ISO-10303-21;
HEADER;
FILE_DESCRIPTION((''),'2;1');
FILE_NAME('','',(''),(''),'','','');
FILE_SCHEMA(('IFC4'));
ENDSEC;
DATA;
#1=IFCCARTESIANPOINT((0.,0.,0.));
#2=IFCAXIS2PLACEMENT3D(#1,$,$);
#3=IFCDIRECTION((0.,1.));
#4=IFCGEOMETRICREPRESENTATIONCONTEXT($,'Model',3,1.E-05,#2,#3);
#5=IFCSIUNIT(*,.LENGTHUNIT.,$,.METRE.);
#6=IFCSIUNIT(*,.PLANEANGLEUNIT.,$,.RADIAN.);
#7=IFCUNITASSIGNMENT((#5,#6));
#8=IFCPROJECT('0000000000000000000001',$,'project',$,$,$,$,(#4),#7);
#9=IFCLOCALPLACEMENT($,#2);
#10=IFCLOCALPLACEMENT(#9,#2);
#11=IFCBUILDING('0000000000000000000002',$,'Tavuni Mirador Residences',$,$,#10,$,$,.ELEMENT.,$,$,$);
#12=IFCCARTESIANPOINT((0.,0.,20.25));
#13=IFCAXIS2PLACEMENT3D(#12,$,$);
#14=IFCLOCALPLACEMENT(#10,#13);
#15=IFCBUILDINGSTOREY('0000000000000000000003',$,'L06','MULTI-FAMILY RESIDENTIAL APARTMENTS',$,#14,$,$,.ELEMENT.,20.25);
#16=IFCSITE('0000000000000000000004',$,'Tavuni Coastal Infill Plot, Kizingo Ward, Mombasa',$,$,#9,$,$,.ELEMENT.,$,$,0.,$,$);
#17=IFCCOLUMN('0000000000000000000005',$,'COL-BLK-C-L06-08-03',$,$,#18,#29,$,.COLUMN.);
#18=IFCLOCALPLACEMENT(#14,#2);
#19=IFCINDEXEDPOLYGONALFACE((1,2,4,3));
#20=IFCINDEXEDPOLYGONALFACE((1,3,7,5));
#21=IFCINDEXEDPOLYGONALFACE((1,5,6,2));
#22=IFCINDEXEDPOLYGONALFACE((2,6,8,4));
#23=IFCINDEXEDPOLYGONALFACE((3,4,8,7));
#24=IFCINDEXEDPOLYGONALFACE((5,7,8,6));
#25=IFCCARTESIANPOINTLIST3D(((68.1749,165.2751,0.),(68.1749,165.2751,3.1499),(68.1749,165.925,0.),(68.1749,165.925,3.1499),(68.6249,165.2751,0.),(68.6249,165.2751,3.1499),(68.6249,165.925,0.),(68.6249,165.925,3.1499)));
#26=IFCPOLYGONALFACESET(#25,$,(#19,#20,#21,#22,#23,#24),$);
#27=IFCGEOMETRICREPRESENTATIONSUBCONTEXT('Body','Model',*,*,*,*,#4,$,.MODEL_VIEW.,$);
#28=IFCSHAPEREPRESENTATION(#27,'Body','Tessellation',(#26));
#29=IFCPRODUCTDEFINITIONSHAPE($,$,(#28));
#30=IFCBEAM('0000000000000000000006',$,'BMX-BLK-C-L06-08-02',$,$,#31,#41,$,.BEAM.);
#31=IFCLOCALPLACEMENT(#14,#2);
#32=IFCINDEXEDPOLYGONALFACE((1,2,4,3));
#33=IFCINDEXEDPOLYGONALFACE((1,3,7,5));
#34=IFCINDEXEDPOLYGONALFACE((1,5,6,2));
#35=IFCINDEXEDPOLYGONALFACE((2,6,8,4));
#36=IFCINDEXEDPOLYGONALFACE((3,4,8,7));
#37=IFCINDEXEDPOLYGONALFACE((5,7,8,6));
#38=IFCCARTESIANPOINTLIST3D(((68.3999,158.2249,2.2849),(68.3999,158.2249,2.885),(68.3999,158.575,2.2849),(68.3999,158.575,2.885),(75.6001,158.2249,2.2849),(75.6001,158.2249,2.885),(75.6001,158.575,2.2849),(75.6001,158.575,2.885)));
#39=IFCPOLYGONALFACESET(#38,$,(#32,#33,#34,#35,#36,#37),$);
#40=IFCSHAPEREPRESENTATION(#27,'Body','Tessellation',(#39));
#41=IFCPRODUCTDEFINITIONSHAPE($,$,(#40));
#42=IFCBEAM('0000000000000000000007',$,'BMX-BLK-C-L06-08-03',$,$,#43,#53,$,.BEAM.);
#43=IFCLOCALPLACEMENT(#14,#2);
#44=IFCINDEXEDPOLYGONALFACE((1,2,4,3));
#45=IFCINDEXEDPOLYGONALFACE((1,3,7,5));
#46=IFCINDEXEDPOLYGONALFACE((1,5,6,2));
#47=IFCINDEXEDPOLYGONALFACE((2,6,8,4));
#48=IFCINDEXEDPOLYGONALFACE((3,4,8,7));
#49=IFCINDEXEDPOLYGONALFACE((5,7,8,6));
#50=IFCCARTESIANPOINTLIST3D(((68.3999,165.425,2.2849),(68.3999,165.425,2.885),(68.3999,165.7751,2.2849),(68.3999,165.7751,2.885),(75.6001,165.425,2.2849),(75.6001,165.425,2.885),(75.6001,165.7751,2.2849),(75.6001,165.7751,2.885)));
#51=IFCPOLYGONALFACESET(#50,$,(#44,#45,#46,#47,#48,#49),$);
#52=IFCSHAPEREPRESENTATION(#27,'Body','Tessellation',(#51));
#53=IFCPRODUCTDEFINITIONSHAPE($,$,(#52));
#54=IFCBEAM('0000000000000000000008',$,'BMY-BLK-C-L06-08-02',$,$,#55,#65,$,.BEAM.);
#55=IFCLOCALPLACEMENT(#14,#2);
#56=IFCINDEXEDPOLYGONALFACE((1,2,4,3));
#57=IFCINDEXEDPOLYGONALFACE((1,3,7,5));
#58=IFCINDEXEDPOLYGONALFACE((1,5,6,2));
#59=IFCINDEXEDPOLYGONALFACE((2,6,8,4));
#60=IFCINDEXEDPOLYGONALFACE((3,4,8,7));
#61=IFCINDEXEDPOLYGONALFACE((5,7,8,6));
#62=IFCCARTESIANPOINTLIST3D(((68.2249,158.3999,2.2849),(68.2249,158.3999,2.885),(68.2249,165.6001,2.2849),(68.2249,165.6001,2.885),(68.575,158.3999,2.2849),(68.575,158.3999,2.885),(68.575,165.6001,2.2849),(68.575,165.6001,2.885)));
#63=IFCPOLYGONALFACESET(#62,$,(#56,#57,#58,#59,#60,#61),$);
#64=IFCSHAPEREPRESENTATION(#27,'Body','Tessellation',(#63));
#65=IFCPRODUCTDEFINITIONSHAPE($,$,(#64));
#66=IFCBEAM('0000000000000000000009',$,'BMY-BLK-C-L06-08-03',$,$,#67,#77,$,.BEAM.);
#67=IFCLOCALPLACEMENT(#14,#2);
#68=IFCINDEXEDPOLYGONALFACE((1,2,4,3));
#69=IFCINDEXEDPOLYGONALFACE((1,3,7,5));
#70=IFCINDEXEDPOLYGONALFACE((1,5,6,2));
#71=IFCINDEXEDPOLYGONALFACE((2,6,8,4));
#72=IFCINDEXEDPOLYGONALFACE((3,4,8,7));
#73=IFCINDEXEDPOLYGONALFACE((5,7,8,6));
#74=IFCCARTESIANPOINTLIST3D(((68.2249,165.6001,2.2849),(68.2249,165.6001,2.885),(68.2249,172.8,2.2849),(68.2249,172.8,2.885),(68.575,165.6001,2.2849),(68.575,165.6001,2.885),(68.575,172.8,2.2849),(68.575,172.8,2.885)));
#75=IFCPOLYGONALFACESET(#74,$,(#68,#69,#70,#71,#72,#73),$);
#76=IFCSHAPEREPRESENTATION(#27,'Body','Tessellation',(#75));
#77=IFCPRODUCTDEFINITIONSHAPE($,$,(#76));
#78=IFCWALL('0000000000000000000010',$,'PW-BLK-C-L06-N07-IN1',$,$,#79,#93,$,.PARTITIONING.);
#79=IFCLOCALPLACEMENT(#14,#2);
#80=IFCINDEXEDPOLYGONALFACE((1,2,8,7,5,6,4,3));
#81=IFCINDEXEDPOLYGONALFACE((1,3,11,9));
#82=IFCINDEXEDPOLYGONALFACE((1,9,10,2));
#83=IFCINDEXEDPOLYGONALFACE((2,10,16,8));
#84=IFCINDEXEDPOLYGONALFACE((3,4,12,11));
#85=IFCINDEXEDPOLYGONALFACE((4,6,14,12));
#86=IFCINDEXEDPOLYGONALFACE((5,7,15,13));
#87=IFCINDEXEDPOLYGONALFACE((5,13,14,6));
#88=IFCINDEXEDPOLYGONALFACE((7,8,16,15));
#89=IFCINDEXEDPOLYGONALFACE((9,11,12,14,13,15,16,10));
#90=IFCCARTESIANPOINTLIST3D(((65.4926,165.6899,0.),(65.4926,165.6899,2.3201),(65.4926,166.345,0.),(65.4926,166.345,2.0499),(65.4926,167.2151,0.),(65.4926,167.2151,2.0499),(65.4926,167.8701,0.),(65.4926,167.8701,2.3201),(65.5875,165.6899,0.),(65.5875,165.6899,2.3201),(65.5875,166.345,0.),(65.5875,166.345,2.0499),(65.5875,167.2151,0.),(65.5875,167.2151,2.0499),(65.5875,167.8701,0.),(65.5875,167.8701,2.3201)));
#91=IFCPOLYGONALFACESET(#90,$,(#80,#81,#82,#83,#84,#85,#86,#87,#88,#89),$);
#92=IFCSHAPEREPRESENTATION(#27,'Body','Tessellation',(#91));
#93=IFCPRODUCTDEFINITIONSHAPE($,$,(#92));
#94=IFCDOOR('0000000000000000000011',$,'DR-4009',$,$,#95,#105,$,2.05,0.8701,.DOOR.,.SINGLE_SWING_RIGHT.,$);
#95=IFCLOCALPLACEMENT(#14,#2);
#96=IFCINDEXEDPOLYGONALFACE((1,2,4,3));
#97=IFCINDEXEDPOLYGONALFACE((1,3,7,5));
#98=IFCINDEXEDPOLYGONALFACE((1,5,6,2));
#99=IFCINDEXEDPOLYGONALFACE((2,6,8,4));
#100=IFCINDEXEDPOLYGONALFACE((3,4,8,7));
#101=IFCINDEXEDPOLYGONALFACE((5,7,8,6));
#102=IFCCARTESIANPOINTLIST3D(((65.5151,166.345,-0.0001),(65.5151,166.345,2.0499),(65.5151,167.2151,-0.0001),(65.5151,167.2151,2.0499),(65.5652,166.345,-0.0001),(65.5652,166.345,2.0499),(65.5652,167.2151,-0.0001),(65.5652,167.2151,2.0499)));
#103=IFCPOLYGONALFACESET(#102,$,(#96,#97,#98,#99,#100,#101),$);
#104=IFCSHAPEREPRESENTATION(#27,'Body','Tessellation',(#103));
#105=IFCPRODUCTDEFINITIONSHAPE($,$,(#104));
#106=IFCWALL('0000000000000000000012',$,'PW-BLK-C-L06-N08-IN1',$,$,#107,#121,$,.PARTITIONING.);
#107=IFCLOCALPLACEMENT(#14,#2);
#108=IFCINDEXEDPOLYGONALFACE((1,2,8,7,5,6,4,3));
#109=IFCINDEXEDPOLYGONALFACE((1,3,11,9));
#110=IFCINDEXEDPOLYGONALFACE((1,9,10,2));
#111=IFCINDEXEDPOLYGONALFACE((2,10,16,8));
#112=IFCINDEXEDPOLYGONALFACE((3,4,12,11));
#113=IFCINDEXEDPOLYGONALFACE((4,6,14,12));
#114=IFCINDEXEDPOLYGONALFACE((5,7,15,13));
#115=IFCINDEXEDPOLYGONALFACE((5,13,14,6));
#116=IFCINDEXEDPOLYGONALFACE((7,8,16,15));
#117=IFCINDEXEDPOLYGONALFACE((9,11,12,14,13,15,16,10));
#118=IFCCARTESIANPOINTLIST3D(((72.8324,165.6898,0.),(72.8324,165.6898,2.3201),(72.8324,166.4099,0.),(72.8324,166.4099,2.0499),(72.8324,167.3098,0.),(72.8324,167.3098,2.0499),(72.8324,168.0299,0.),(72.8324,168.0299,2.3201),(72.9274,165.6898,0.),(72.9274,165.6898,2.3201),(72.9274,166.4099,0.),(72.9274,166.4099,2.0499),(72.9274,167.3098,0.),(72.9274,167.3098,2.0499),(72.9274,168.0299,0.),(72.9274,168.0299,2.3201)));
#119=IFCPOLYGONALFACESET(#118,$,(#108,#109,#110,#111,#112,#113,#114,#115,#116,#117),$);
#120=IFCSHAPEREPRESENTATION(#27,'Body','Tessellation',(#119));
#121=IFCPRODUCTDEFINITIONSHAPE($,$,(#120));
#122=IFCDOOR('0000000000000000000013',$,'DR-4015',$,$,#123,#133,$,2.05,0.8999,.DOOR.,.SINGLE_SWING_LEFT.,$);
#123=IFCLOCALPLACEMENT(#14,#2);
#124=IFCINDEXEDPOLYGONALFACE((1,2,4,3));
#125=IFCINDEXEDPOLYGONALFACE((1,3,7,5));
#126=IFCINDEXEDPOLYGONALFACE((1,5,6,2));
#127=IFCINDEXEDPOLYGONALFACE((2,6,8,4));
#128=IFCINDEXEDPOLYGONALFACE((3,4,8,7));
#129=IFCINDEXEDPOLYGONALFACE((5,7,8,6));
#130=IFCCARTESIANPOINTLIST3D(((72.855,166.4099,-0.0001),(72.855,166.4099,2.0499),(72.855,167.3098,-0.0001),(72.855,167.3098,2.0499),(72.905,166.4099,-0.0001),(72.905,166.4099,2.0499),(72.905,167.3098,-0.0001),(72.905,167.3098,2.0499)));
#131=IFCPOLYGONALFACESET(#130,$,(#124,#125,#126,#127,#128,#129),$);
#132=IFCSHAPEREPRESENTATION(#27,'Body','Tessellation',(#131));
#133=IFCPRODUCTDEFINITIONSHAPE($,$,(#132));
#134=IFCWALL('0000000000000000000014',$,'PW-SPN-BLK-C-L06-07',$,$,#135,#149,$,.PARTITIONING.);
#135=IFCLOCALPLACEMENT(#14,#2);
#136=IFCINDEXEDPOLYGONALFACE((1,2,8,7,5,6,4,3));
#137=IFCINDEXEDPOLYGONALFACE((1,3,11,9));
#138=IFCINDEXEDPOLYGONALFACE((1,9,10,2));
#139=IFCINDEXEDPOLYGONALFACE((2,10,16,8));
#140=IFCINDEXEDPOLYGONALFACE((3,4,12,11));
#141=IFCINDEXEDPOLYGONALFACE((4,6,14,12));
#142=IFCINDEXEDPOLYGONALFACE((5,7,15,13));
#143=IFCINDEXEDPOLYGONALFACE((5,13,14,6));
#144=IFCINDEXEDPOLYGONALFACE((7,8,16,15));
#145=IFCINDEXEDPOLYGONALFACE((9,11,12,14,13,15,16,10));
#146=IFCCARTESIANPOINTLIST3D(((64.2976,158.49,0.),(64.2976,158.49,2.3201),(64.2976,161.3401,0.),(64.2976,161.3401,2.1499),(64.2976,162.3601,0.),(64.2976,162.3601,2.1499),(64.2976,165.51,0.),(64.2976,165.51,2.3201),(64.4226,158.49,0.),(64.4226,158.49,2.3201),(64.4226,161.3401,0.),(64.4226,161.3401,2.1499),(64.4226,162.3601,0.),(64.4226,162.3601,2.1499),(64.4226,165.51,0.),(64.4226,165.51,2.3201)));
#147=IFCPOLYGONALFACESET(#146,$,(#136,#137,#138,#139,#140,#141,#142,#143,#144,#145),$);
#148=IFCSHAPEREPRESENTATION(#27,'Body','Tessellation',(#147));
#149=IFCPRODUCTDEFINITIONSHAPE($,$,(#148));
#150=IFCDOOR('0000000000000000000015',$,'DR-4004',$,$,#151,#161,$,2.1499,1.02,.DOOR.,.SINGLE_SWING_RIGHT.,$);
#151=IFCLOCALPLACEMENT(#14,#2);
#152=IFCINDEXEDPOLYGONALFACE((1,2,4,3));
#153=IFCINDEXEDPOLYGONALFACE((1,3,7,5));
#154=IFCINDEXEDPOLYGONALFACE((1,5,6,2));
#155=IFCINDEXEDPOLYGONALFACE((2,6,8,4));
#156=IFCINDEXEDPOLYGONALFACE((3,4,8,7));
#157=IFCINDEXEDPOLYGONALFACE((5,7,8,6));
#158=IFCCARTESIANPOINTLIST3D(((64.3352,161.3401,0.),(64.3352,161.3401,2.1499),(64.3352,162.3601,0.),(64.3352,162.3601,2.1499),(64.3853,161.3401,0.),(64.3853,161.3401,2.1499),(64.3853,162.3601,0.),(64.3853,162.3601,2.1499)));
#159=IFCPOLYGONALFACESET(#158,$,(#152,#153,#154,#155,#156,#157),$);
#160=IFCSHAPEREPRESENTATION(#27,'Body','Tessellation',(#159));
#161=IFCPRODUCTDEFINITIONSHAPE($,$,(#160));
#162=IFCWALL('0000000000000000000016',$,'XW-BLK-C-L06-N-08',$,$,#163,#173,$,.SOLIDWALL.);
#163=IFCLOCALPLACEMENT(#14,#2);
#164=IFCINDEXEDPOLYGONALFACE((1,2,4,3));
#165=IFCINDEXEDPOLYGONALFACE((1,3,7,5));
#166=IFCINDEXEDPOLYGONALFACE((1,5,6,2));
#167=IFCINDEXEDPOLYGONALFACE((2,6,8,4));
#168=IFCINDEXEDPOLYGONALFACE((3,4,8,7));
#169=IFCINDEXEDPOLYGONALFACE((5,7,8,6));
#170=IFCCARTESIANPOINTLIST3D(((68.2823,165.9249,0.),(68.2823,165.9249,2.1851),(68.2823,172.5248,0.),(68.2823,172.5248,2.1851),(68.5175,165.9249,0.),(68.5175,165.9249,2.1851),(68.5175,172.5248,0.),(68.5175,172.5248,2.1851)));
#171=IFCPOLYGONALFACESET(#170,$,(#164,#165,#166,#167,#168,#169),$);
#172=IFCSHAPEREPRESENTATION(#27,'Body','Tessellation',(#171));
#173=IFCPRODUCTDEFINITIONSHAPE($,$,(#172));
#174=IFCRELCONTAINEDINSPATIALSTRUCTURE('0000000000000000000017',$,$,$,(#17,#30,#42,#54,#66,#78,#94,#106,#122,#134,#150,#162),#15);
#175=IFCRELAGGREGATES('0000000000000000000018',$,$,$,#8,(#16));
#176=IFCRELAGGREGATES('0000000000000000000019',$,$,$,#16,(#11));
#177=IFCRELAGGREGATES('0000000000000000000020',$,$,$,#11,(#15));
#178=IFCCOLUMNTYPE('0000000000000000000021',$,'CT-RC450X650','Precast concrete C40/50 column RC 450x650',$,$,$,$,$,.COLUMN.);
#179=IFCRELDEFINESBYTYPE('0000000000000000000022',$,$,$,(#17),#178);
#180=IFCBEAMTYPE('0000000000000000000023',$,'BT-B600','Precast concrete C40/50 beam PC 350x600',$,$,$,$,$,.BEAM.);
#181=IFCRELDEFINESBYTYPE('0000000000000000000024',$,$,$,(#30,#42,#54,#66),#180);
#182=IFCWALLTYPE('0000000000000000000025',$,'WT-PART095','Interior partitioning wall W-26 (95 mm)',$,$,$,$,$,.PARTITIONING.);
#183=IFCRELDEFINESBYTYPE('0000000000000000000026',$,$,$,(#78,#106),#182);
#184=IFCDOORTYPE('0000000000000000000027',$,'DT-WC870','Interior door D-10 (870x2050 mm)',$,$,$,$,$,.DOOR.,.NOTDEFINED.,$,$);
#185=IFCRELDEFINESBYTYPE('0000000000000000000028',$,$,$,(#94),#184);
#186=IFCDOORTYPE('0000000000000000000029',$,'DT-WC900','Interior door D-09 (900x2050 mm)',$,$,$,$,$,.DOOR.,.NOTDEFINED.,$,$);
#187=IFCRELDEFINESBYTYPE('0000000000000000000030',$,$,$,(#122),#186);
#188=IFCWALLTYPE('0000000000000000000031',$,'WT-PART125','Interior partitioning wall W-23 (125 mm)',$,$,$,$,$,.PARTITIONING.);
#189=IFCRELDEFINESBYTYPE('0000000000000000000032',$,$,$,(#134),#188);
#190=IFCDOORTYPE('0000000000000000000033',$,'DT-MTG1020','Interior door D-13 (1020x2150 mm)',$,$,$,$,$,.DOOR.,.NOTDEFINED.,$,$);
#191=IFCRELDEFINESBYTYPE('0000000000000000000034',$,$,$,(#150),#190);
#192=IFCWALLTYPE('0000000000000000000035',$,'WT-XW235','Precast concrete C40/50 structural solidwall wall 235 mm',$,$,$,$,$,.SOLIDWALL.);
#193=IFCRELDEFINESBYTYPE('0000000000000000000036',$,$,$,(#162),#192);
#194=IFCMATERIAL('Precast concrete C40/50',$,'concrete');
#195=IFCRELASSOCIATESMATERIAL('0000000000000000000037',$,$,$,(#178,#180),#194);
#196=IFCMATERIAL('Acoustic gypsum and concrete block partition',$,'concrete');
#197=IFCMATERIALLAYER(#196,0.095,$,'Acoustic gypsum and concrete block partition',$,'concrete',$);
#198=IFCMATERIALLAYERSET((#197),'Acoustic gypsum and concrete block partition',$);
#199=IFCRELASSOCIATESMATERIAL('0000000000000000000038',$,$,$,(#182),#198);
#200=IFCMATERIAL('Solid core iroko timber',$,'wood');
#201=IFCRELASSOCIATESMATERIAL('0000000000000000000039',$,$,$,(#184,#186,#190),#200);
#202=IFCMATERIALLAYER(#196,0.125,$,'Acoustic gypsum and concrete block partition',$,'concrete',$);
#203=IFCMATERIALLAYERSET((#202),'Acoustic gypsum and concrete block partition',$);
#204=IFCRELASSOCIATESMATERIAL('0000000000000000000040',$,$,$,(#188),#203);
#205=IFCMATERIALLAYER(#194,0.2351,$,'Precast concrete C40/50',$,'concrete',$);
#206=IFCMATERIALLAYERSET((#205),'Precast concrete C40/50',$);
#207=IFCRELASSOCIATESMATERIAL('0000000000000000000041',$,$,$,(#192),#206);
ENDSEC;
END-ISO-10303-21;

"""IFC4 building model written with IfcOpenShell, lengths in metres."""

from ifc_helpers import new_model, si_unit, direction, frame, frame_2d, origin, origin_2d, place, context, subcontext, project, spatial, rectangle, extrude, material, layer, layer_set, material_profile, profile_set, type_object, element, fill, save


model = new_model("IFC4")

# Units and contexts
model_context = context("Model", 3, precision=1e-05, world=origin(), true_north=direction((0.0, 1.0)))
body_context = subcontext(model_context, "Body", "Model", "MODEL_VIEW")
ifc_project = project(units=[si_unit("LENGTHUNIT", "METRE"), si_unit("PLANEANGLEUNIT", "RADIAN")], contexts=[model_context])

# Site, building, storey
site_placement = place(None, origin())
site = spatial("IfcSite", under=ifc_project, at=site_placement, Name="Tavuni Coastal Infill Plot, Kizingo Ward, Mombasa", CompositionType="ELEMENT", RefElevation=0.0)
building_placement = place(site_placement, origin())
building = spatial("IfcBuilding", under=site, at=building_placement, Name="Tavuni Mirador Residences", CompositionType="ELEMENT")
storey_placement = place(building_placement, frame((0.0, 0.0, 20.25)))
storey = spatial("IfcBuildingStorey", under=building, at=storey_placement, Name="L06", Description="MULTI-FAMILY RESIDENTIAL APARTMENTS", CompositionType="ELEMENT", Elevation=20.25)

# Column
ifc_material_1 = material(Name="Precast concrete C40/50", Category="concrete")
ifc_material_profile_1 = material_profile(ifc_material_1, rectangle(XDim=0.45, YDim=0.6499, at=origin_2d()), Name="RC 450x650", Category="concrete")
ifc_profile_set_1 = profile_set([ifc_material_profile_1], Name="Precast concrete C40/50")
column_type = type_object("IfcColumnType", Name="CT-RC450X650", Description="Precast concrete C40/50 column RC 450x650", PredefinedType="COLUMN", material=ifc_profile_set_1)
column_placement = place(storey_placement, frame((68.3999, 165.6001, 0.0), z_axis=(0.0, 0.0, 1.0), x_axis=(1.0, 0.0, 0.0)))
element("IfcColumn", 1, at=column_placement, inside=storey, type_object=column_type, Name="COL-BLK-C-L06-08-03", PredefinedType="COLUMN", context=body_context, shape_type="SweptSolid", body=[
    extrude(rectangle(XDim=0.45, YDim=0.6499, at=origin_2d()), origin(), (0.0, 0.0, 1.0), 3.1499),
])

# Beams
ifc_material_profile_2 = material_profile(ifc_material_1, rectangle(XDim=0.3501, YDim=0.6001, at=origin_2d()), Name="PC 350x600", Category="concrete")
ifc_profile_set_2 = profile_set([ifc_material_profile_2], Name="Precast concrete C40/50")
beam_type = type_object("IfcBeamType", Name="BT-B600", Description="Precast concrete C40/50 beam PC 350x600", PredefinedType="BEAM", material=ifc_profile_set_2)
for number, where, z_axis, x_axis, name in (
    (2, (68.3999, 158.3999, 2.585), (1.0, 0.0, 0.0), (0.0, 1.0, 0.0), "BMX-BLK-C-L06-08-02"),
    (3, (68.3999, 165.6001, 2.585), (1.0, 0.0, 0.0), (0.0, 1.0, 0.0), "BMX-BLK-C-L06-08-03"),
    (4, (68.3999, 158.3999, 2.585), (0.0, 1.0, 0.0), (-1.0, 0.0, 0.0), "BMY-BLK-C-L06-08-02"),
):
    element("IfcBeam", number, at=place(storey_placement, frame(where, z_axis=z_axis, x_axis=x_axis)), inside=storey, type_object=beam_type, Name=name, PredefinedType="BEAM", context=body_context, shape_type="SweptSolid", body=[
        extrude(rectangle(XDim=0.3501, YDim=0.6001, at=origin_2d()), origin(), (0.0, 0.0, 1.0), 7.2002),
    ])
beam_placement = place(storey_placement, frame((68.3999, 165.6001, 2.585), z_axis=(0.0, 1.0, 0.0), x_axis=(-1.0, 0.0, 0.0)))
element("IfcBeam", 5, at=beam_placement, inside=storey, type_object=beam_type, Name="BMY-BLK-C-L06-08-03", PredefinedType="BEAM", context=body_context, shape_type="SweptSolid", body=[
    extrude(rectangle(XDim=0.3501, YDim=0.6001, at=origin_2d()), origin(), (0.0, 0.0, 1.0), 7.2),
])

# Walls, openings, doors
ifc_material_2 = material(Name="Solid core iroko timber", Category="wood")
ifc_material_3 = material(Name="Acoustic gypsum and concrete block partition", Category="concrete")
ifc_layer_1 = layer(ifc_material_3, 0.095, Name="Acoustic gypsum and concrete block partition", Category="concrete")
ifc_layer_set_1 = layer_set([ifc_layer_1], Name="Acoustic gypsum and concrete block partition")
wall_type_1 = type_object("IfcWallType", Name="WT-PART095", Description="Interior partitioning wall W-26 (95 mm)", PredefinedType="PARTITIONING", material=ifc_layer_set_1)
wall_1_placement = place(storey_placement, frame((65.54, 165.6899, 0.0), z_axis=(0.0, 0.0, 1.0), x_axis=(0.0, 1.0, 0.0)))
wall_1 = element("IfcWall", 6, at=wall_1_placement, inside=storey, type_object=wall_type_1, Name="PW-BLK-C-L06-N07-IN1", PredefinedType="PARTITIONING", context=body_context, shape_type="SweptSolid", body=[
    extrude(rectangle(XDim=2.1802, YDim=0.095, at=frame_2d((1.0901, 0.0))), origin(), (0.0, 0.0, 1.0), 2.3201),
])
opening_1_placement = place(wall_1_placement, frame((0.655, 0.0, 0.0)))
opening_1 = element("IfcOpeningElement", 7, at=opening_1_placement, cuts=wall_1, PredefinedType="OPENING", context=body_context, shape_type="SweptSolid", body=[
    extrude(rectangle(XDim=0.8701, YDim=2.05, at=frame_2d((0.4351, 1.0249))), frame((0.0, 0.0576, 0.0), z_axis=(0.0, -1.0, 0.0), x_axis=(1.0, 0.0, 0.0)), (0.0, 0.0, 1.0), 0.115),
])
door_type_1 = type_object("IfcDoorType", Name="DT-WC870", Description="Interior door D-10 (870x2050 mm)", OperationType="NOTDEFINED", PredefinedType="DOOR", material=ifc_material_2)
door_1_placement = place(opening_1_placement, origin())
door_1 = element("IfcDoor", 8, at=door_1_placement, inside=storey, type_object=door_type_1, Name="DR-4009", OperationType="SINGLE_SWING_RIGHT", OverallHeight=2.05, OverallWidth=0.8701, PredefinedType="DOOR", context=body_context, shape_type="SweptSolid", body=[
    extrude(rectangle(XDim=0.8701, YDim=2.05, at=frame_2d((0.4351, 1.0249))), frame((0.0, 0.0249, 0.0), z_axis=(0.0, -1.0, 0.0), x_axis=(1.0, 0.0, 0.0)), (0.0, 0.0, 1.0), 0.05),
])
fill(opening_1, door_1)
wall_2_placement = place(storey_placement, frame((72.8799, 165.6899, 0.0), z_axis=(0.0, 0.0, 1.0), x_axis=(0.0, 1.0, 0.0)))
wall_2 = element("IfcWall", 9, at=wall_2_placement, inside=storey, type_object=wall_type_1, Name="PW-BLK-C-L06-N08-IN1", PredefinedType="PARTITIONING", context=body_context, shape_type="SweptSolid", body=[
    extrude(rectangle(XDim=2.3401, YDim=0.095, at=frame_2d((1.1699, 0.0))), origin(), (0.0, 0.0, 1.0), 2.3201),
])
opening_2_placement = place(wall_2_placement, frame((0.72, 0.0, 0.0)))
opening_2 = element("IfcOpeningElement", 10, at=opening_2_placement, cuts=wall_2, PredefinedType="OPENING", context=body_context, shape_type="SweptSolid", body=[
    extrude(rectangle(XDim=0.8999, YDim=2.05, at=frame_2d((0.45, 1.0249))), frame((0.0, 0.0576, 0.0), z_axis=(0.0, -1.0, 0.0), x_axis=(1.0, 0.0, 0.0)), (0.0, 0.0, 1.0), 0.115),
])
door_type_2 = type_object("IfcDoorType", Name="DT-WC900", Description="Interior door D-09 (900x2050 mm)", OperationType="NOTDEFINED", PredefinedType="DOOR", material=ifc_material_2)
door_2_placement = place(opening_2_placement, origin())
door_2 = element("IfcDoor", 11, at=door_2_placement, inside=storey, type_object=door_type_2, Name="DR-4015", OperationType="SINGLE_SWING_LEFT", OverallHeight=2.05, OverallWidth=0.8999, PredefinedType="DOOR", context=body_context, shape_type="SweptSolid", body=[
    extrude(rectangle(XDim=0.8999, YDim=2.05, at=frame_2d((0.45, 1.0249))), frame((0.0, 0.0249, 0.0), z_axis=(0.0, -1.0, 0.0), x_axis=(1.0, 0.0, 0.0)), (0.0, 0.0, 1.0), 0.05),
])
fill(opening_2, door_2)
ifc_layer_2 = layer(ifc_material_3, 0.125, Name="Acoustic gypsum and concrete block partition", Category="concrete")
ifc_layer_set_2 = layer_set([ifc_layer_2], Name="Acoustic gypsum and concrete block partition")
wall_type_2 = type_object("IfcWallType", Name="WT-PART125", Description="Interior partitioning wall W-23 (125 mm)", PredefinedType="PARTITIONING", material=ifc_layer_set_2)
wall_3_placement = place(storey_placement, frame((64.3601, 158.49, 0.0), z_axis=(0.0, 0.0, 1.0), x_axis=(0.0, 1.0, 0.0)))
wall_3 = element("IfcWall", 12, at=wall_3_placement, inside=storey, type_object=wall_type_2, Name="PW-SPN-BLK-C-L06-07", PredefinedType="PARTITIONING", context=body_context, shape_type="SweptSolid", body=[
    extrude(rectangle(XDim=7.02, YDim=0.125, at=frame_2d((3.51, 0.0))), origin(), (0.0, 0.0, 1.0), 2.3201),
])
opening_3_placement = place(wall_3_placement, frame((2.8501, 0.0, 0.0)))
opening_3 = element("IfcOpeningElement", 13, at=opening_3_placement, cuts=wall_3, PredefinedType="OPENING", context=body_context, shape_type="SweptSolid", body=[
    extrude(rectangle(XDim=1.02, YDim=2.1499, at=frame_2d((0.51, 1.075))), frame((0.0, 0.0725, 0.0), z_axis=(0.0, -1.0, 0.0), x_axis=(1.0, 0.0, 0.0)), (0.0, 0.0, 1.0), 0.145),
])
door_type_3 = type_object("IfcDoorType", Name="DT-MTG1020", Description="Interior door D-13 (1020x2150 mm)", OperationType="NOTDEFINED", PredefinedType="DOOR", material=ifc_material_2)
door_3_placement = place(opening_3_placement, origin())
door_3 = element("IfcDoor", 14, at=door_3_placement, inside=storey, type_object=door_type_3, Name="DR-4004", OperationType="SINGLE_SWING_RIGHT", OverallHeight=2.1499, OverallWidth=1.02, PredefinedType="DOOR", context=body_context, shape_type="SweptSolid", body=[
    extrude(rectangle(XDim=1.02, YDim=2.1499, at=frame_2d((0.51, 1.075))), frame((0.0, 0.0249, 0.0), z_axis=(0.0, -1.0, 0.0), x_axis=(1.0, 0.0, 0.0)), (0.0, 0.0, 1.0), 0.05),
])
fill(opening_3, door_3)

# Wall
ifc_layer_3 = layer(ifc_material_1, 0.2351, Name="Precast concrete C40/50", Category="concrete")
ifc_layer_set_3 = layer_set([ifc_layer_3], Name="Precast concrete C40/50")
wall_type_3 = type_object("IfcWallType", Name="WT-XW235", Description="Precast concrete C40/50 structural solidwall wall 235 mm", PredefinedType="SOLIDWALL", material=ifc_layer_set_3)
wall_4_placement = place(storey_placement, frame((68.3999, 165.925, 0.0), z_axis=(0.0, 0.0, 1.0), x_axis=(0.0, 1.0, 0.0)))
element("IfcWall", 15, at=wall_4_placement, inside=storey, type_object=wall_type_3, Name="XW-BLK-C-L06-N-08", PredefinedType="SOLIDWALL", context=body_context, shape_type="SweptSolid", body=[
    extrude(rectangle(XDim=6.5999, YDim=0.2351, at=frame_2d((3.2998, 0.0))), origin(), (0.0, 0.0, 1.0), 2.1851),
])

save(model, "model.ifc")
